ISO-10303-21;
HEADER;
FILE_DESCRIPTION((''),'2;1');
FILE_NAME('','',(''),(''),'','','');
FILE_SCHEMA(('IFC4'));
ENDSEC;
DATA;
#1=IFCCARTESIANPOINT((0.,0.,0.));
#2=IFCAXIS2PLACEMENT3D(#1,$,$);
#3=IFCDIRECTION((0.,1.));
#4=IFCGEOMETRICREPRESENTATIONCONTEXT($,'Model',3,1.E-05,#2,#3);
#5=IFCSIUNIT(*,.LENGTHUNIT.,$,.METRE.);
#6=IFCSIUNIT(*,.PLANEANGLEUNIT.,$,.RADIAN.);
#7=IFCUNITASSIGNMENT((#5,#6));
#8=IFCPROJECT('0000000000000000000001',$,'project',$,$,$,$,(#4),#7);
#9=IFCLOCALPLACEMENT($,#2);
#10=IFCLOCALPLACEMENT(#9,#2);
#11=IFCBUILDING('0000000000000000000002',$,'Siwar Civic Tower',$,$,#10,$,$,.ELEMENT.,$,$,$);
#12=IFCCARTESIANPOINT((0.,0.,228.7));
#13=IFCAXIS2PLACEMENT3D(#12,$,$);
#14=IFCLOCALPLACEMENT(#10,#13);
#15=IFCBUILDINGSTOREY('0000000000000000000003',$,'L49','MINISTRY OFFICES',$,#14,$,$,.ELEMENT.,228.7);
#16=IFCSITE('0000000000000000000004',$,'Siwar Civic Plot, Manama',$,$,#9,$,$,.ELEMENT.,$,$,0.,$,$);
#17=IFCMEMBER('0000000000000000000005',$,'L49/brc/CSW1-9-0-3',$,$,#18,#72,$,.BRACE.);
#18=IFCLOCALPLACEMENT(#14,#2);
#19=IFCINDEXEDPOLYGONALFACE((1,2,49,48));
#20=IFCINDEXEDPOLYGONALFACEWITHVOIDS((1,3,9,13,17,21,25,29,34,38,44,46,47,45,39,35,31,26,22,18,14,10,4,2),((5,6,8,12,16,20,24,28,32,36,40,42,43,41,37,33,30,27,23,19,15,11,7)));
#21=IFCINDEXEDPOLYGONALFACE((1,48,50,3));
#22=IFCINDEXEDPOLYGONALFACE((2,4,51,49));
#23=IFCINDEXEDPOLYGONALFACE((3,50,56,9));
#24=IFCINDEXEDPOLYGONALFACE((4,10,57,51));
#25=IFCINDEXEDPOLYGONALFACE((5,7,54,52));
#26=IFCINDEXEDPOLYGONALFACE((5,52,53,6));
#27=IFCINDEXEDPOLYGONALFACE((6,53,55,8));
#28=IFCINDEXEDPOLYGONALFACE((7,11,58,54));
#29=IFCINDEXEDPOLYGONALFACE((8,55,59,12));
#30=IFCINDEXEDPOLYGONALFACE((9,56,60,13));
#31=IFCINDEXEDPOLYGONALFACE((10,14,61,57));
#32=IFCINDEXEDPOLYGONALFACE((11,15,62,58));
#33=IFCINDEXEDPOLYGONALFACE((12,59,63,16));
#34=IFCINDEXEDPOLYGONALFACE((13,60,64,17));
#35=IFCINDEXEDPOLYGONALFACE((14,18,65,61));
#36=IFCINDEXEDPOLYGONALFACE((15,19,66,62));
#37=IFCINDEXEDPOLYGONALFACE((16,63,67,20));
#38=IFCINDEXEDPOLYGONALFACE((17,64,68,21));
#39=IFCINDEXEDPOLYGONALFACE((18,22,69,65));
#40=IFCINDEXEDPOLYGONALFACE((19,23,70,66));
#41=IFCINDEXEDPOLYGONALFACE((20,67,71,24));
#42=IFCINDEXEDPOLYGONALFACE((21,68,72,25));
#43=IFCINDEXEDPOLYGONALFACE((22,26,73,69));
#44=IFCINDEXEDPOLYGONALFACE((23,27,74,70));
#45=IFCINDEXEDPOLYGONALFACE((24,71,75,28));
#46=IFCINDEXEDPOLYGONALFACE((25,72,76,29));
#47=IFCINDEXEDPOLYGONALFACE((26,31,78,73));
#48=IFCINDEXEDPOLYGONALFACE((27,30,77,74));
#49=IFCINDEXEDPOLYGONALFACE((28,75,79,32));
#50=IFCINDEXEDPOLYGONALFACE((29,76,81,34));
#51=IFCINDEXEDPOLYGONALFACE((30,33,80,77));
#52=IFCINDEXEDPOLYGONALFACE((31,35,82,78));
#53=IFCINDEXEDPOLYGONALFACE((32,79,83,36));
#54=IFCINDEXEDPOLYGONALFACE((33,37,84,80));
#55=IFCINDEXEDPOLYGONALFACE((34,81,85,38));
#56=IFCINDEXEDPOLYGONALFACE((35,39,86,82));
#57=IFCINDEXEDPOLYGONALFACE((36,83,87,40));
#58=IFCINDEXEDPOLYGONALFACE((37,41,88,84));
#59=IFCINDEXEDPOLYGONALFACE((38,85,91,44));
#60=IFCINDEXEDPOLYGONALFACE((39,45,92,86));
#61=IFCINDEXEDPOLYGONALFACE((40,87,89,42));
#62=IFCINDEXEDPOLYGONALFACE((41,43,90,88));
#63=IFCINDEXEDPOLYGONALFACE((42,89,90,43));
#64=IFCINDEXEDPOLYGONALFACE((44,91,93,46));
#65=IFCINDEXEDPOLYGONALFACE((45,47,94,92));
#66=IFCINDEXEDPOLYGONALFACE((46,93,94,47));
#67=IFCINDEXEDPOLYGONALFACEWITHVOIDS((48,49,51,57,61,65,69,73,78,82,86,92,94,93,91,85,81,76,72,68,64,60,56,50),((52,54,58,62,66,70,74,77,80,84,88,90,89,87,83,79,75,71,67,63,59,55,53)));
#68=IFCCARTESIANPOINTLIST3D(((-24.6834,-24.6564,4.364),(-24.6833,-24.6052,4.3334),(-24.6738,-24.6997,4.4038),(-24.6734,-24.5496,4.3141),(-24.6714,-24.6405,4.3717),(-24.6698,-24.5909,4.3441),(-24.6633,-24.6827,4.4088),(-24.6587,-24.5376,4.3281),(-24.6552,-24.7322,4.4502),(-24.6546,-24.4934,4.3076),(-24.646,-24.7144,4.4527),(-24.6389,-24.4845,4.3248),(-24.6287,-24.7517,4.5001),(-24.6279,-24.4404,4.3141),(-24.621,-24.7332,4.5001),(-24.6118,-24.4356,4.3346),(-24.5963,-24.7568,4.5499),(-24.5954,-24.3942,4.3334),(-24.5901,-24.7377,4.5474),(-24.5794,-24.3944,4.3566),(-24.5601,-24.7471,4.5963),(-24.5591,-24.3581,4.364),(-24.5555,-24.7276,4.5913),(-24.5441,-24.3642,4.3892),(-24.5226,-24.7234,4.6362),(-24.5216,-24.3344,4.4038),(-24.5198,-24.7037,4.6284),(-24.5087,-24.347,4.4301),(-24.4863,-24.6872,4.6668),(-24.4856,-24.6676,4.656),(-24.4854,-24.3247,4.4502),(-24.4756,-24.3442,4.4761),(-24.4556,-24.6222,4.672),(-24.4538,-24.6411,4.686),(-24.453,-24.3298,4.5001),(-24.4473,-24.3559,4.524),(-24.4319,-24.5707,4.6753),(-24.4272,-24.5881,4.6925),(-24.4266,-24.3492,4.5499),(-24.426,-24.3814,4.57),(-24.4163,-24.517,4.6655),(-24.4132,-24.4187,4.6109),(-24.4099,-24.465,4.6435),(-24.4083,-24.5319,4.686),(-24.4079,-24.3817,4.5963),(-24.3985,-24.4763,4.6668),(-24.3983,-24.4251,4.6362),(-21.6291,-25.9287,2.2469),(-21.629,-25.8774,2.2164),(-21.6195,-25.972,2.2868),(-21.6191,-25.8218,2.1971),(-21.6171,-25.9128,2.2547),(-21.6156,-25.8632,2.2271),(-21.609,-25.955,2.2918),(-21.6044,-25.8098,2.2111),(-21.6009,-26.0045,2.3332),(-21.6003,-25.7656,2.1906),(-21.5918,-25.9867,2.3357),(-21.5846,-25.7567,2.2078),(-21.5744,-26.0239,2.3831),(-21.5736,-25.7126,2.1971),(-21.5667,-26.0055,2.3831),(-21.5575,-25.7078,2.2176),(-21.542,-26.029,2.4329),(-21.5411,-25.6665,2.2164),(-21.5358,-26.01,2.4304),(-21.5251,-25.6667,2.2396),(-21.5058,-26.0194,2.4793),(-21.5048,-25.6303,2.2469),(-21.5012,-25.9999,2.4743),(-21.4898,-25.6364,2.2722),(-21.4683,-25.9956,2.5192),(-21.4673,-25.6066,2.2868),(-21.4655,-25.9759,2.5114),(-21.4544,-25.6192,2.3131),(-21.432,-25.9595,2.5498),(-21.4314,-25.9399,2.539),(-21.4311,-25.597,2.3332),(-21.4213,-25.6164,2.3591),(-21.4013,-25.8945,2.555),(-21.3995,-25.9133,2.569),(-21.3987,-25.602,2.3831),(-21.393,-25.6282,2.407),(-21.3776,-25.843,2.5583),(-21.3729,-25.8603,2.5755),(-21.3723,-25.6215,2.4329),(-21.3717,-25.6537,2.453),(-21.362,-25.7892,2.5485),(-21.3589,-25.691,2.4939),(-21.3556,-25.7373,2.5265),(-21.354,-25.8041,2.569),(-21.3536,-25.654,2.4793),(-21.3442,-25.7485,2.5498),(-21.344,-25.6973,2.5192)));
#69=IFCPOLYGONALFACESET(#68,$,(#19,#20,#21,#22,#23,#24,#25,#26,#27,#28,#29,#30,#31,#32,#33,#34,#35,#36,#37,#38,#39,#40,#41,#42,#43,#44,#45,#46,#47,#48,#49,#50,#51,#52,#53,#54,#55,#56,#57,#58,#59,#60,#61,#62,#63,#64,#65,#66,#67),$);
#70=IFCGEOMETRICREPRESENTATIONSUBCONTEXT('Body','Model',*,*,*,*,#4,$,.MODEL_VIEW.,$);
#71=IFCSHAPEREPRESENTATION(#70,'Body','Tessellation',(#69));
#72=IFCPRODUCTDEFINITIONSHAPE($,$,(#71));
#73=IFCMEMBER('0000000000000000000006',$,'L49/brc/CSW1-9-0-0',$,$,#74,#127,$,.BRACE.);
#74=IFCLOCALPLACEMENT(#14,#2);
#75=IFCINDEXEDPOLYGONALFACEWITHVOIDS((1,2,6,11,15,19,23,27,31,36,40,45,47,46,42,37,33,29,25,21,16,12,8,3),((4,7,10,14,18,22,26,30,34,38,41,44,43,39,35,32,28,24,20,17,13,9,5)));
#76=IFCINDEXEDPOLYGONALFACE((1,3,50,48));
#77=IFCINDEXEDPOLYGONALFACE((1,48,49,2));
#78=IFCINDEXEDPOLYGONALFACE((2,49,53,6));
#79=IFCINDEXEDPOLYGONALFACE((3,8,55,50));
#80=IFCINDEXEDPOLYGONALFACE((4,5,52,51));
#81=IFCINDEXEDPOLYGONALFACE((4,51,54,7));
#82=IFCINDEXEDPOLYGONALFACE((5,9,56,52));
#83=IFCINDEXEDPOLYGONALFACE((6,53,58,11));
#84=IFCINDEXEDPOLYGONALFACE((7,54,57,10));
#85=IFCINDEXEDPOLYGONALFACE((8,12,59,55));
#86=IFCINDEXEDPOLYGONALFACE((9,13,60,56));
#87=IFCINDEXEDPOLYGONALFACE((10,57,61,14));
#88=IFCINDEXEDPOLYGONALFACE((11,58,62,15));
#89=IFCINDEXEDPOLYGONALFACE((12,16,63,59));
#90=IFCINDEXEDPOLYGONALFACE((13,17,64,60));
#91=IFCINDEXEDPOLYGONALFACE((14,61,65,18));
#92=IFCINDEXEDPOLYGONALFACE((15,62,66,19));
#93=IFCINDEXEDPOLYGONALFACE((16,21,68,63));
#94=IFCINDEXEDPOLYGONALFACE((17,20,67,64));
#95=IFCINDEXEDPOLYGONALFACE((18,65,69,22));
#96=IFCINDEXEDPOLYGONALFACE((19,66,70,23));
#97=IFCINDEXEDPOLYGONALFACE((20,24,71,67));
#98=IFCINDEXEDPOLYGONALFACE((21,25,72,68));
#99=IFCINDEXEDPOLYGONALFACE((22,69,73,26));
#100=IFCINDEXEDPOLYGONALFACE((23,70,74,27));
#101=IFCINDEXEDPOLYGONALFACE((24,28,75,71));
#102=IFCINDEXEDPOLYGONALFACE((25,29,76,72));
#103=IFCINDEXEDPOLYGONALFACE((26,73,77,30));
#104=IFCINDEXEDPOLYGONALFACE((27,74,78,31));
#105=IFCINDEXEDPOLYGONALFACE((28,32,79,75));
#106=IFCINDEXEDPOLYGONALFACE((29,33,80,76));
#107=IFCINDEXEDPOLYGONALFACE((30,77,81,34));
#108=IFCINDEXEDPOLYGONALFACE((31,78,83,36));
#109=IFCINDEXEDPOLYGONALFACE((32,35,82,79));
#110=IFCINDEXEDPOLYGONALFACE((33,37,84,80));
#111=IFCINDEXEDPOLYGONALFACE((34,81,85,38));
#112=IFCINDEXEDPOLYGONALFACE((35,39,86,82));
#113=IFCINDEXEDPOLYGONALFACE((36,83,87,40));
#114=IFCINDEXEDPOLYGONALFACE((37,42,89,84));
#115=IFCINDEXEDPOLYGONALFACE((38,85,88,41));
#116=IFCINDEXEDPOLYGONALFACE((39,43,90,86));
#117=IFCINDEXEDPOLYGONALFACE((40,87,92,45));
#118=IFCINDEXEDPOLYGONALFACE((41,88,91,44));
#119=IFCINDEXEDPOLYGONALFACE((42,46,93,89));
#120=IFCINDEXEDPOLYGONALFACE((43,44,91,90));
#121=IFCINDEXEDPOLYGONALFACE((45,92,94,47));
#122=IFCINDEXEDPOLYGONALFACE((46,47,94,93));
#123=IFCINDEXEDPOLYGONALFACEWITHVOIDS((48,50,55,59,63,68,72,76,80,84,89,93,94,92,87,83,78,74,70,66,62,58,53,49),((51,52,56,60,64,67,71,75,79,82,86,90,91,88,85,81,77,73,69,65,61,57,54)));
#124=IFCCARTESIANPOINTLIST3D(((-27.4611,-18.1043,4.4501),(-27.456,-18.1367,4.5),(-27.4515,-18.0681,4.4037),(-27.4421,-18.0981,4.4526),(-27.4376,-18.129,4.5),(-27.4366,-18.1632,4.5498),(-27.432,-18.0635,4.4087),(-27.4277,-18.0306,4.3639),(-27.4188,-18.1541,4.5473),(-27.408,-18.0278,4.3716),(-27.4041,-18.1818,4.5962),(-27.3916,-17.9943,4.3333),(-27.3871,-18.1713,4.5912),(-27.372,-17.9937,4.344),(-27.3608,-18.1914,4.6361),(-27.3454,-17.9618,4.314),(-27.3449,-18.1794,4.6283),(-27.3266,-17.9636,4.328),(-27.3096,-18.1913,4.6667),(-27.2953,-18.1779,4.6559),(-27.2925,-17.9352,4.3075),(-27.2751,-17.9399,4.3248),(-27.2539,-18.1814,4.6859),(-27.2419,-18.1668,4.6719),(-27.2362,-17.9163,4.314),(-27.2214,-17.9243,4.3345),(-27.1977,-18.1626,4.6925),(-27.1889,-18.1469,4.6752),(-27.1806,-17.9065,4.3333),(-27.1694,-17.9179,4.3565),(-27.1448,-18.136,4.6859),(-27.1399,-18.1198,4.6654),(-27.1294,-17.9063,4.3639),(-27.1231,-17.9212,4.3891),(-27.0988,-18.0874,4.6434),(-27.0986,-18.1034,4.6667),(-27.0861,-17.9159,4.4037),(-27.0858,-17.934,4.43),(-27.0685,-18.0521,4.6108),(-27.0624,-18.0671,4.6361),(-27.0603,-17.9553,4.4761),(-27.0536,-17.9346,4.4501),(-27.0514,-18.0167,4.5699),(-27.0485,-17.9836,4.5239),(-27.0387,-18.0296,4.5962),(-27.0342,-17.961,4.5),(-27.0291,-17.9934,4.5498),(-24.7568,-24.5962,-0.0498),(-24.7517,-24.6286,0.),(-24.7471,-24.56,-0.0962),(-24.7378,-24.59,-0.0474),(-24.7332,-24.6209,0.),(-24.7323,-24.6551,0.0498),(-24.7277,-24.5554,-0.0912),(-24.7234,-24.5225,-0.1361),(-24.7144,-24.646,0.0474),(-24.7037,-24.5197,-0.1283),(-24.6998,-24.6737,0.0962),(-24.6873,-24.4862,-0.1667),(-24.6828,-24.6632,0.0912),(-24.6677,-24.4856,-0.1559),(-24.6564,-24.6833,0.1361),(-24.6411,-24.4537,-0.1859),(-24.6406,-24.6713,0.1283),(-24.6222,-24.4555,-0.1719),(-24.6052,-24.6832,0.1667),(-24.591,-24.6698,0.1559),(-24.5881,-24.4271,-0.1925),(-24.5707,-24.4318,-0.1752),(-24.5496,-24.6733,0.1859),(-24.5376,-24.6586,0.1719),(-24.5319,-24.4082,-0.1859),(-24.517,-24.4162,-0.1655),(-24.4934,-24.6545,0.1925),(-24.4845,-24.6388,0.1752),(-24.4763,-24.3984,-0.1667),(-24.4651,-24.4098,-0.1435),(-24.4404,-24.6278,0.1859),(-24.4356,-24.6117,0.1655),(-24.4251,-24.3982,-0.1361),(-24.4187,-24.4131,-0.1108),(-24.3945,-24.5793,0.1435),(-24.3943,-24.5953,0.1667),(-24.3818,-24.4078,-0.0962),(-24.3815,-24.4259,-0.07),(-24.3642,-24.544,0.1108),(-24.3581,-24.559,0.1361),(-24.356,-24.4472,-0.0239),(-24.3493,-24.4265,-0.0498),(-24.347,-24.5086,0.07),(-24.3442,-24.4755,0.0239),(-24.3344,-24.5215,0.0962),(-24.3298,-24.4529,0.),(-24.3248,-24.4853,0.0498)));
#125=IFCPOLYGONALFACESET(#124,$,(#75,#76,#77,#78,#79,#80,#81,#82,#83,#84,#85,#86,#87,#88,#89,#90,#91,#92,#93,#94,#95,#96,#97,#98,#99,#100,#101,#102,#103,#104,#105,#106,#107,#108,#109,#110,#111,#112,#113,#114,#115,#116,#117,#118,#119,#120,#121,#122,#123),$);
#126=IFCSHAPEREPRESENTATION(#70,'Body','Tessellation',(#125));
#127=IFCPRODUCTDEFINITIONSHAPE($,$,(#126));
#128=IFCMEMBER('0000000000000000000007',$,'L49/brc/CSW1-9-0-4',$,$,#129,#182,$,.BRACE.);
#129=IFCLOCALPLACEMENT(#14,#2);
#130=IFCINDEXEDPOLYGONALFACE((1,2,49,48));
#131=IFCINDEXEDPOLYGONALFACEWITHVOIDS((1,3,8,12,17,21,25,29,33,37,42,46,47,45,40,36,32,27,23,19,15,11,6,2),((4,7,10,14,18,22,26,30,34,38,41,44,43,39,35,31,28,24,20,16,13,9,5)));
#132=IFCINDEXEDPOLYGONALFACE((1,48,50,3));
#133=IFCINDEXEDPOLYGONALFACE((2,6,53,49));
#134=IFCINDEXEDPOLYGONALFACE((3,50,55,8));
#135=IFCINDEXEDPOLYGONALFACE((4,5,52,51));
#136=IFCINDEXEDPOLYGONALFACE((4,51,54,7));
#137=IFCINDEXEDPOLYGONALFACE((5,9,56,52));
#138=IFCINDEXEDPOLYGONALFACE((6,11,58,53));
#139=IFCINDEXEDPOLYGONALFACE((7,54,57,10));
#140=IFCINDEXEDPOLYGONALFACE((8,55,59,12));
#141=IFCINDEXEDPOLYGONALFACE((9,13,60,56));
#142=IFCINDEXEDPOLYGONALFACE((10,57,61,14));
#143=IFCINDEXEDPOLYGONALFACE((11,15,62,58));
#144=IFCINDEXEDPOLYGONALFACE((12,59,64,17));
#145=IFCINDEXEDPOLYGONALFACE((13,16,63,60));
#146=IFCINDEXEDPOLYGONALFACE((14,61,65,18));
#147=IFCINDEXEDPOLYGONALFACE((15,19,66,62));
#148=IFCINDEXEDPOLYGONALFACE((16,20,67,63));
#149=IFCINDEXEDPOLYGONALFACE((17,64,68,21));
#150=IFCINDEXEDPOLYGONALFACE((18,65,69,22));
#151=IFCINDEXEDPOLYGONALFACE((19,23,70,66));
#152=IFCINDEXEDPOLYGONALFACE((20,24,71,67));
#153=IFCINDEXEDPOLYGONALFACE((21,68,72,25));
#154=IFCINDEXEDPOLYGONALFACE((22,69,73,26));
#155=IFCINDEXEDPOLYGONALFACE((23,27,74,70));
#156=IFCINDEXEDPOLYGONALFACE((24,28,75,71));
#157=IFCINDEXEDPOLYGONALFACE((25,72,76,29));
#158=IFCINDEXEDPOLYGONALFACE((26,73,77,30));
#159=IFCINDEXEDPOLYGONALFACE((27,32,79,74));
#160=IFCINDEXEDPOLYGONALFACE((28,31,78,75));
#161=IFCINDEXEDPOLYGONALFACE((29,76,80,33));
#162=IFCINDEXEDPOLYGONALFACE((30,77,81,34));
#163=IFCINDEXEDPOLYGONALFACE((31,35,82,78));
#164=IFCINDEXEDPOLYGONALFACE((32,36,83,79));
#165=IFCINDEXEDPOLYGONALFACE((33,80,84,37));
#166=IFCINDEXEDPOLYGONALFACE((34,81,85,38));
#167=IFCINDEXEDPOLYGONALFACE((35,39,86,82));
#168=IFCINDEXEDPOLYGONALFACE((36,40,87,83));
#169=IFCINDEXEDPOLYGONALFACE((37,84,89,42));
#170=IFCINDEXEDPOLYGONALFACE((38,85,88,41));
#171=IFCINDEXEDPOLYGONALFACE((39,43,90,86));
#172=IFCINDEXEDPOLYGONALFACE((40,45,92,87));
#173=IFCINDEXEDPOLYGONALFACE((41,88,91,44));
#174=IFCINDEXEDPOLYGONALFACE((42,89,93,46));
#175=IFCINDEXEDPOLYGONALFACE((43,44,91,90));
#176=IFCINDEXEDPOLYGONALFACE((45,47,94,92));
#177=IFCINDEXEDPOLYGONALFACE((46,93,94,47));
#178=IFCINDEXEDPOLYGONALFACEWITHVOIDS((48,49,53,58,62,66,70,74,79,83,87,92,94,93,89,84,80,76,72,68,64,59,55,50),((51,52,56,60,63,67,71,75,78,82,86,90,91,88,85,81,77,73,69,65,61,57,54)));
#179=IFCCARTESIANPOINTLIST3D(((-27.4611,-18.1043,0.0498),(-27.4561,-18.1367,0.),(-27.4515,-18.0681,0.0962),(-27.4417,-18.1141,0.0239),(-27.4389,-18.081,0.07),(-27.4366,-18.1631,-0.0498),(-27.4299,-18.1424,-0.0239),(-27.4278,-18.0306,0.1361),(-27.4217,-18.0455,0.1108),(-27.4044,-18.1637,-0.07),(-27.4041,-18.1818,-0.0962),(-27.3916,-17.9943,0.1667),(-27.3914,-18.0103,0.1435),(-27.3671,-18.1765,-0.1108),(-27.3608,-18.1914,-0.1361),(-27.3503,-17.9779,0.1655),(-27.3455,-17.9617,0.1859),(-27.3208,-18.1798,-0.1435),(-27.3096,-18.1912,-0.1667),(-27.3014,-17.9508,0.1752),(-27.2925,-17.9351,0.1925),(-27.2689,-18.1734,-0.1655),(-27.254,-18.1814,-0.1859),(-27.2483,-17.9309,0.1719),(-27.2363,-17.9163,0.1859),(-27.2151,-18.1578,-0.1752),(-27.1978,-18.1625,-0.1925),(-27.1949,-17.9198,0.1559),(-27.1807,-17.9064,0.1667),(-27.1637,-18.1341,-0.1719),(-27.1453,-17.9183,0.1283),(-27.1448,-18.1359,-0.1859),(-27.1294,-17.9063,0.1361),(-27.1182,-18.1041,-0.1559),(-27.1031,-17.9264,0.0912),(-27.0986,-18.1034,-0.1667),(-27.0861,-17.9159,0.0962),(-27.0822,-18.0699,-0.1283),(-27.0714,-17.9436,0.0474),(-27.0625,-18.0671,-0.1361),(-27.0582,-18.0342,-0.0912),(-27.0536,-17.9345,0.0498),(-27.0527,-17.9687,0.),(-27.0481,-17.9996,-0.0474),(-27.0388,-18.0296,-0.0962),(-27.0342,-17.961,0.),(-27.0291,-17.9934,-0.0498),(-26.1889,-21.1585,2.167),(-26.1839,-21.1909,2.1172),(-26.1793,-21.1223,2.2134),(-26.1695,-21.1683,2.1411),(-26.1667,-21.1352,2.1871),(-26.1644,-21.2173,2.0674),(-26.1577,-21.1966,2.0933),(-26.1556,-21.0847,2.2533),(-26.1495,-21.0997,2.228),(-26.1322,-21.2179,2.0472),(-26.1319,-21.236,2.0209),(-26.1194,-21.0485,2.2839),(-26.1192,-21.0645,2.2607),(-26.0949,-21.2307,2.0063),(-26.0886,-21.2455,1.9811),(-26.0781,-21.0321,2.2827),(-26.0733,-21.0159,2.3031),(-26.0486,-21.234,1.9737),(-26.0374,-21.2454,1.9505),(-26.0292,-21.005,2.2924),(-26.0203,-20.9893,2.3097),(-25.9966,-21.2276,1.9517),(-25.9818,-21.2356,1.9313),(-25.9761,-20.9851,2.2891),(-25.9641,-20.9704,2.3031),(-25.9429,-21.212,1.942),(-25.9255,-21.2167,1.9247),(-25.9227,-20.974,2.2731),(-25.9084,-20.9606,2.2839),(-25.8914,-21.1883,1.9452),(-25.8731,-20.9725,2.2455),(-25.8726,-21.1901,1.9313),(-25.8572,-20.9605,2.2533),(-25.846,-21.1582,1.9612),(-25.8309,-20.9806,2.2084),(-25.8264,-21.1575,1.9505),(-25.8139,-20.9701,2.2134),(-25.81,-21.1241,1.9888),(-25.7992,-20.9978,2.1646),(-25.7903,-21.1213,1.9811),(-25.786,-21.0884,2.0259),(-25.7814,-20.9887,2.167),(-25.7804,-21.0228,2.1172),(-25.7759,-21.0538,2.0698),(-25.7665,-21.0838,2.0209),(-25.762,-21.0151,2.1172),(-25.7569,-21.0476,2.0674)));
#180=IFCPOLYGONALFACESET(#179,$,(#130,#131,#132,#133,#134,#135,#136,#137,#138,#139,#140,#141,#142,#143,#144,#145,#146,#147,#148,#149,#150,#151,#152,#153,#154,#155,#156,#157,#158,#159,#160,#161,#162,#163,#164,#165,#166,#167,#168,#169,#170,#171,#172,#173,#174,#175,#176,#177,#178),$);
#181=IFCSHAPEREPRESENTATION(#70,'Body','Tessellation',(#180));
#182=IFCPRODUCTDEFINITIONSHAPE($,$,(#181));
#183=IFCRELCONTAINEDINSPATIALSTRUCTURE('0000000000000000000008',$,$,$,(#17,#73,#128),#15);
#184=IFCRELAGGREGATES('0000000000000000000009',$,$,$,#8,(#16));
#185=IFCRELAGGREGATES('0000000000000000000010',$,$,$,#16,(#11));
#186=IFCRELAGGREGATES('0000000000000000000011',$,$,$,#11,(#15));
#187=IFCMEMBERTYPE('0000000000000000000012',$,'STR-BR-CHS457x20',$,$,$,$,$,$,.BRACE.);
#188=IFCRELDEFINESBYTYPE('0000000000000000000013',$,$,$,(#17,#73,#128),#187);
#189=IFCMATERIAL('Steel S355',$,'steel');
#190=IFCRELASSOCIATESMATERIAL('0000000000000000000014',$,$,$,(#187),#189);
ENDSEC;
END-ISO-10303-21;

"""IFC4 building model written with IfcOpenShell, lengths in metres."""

from ifc_helpers import new_model, si_unit, direction, frame, origin, origin_2d, place, context, subcontext, project, spatial, hollow_circle, extrude, material, material_profile, profile_set, type_object, element, save


model = new_model("IFC4")

# Units and contexts
model_context = context("Model", 3, precision=1e-05, world=origin(), true_north=direction((0.0, 1.0)))
body_context = subcontext(model_context, "Body", "Model", "MODEL_VIEW")
ifc_project = project(units=[si_unit("LENGTHUNIT", "METRE"), si_unit("PLANEANGLEUNIT", "RADIAN")], contexts=[model_context])

# Site, building, storey
site_placement = place(None, origin())
site = spatial("IfcSite", under=ifc_project, at=site_placement, Name="Siwar Civic Plot, Manama", CompositionType="ELEMENT", RefElevation=0.0)
building_placement = place(site_placement, origin())
building = spatial("IfcBuilding", under=site, at=building_placement, Name="Siwar Civic Tower", CompositionType="ELEMENT")
storey_placement = place(building_placement, frame((0.0, 0.0, 228.7)))
storey = spatial("IfcBuildingStorey", under=building, at=storey_placement, Name="L49", Description="MINISTRY OFFICES", CompositionType="ELEMENT", Elevation=228.7)

# Members
ifc_material_1 = material(Name="Steel S355", Category="steel")
ifc_material_profile_1 = material_profile(ifc_material_1, hollow_circle(Radius=0.2285, WallThickness=0.02, at=origin_2d()), Name="CHS457x20")
ifc_profile_set_1 = profile_set([ifc_material_profile_1], Name="Steel S355")
member_type_1 = type_object("IfcMemberType", Name="STR-BR-CHS457x20", PredefinedType="BRACE", material=ifc_profile_set_1)
for number, where, z_axis, x_axis, name in (
    (1, (-21.4866, -25.813, 2.3831), (-0.777572, 0.323895, 0.538955), (-0.384521, -0.923116, 0.0), "L49/brc/CSW1-9-0-3"),
):
    element("IfcMember", number, at=place(storey_placement, frame(where, z_axis=z_axis, x_axis=x_axis)), inside=storey, type_object=member_type_1, Name=name, PredefinedType="BRACE", context=body_context, shape_type="SweptSolid", body=[
        extrude(hollow_circle(Radius=0.2285, WallThickness=0.02, at=origin_2d()), origin(), (0.0, 0.0, 1.0), 3.928),
    ])
member_1_placement = place(storey_placement, frame((-24.5408, -24.5408, 0.0), z_axis=(-0.323906, 0.777555, 0.538975), x_axis=(-0.923109, -0.384539, 0.0)))
element("IfcMember", 2, at=member_1_placement, inside=storey, type_object=member_type_1, Name="L49/brc/CSW1-9-0-0", PredefinedType="BRACE", context=body_context, shape_type="SweptSolid", body=[
    extrude(hollow_circle(Radius=0.2285, WallThickness=0.02, at=origin_2d()), origin(), (0.0, 0.0, 1.0), 8.3491),
])
for number, where, z_axis, x_axis, name in (
    (3, (-27.2451, -18.0488, 0.0), (0.323884, -0.777546, 0.538999), (0.923116, 0.384521, 0.0), "L49/brc/CSW1-9-0-4"),
):
    element("IfcMember", number, at=place(storey_placement, frame(where, z_axis=z_axis, x_axis=x_axis)), inside=storey, type_object=member_type_1, Name=name, PredefinedType="BRACE", context=body_context, shape_type="SweptSolid", body=[
        extrude(hollow_circle(Radius=0.2285, WallThickness=0.02, at=origin_2d()), origin(), (0.0, 0.0, 1.0), 3.928),
    ])

save(model, "model.ifc")
